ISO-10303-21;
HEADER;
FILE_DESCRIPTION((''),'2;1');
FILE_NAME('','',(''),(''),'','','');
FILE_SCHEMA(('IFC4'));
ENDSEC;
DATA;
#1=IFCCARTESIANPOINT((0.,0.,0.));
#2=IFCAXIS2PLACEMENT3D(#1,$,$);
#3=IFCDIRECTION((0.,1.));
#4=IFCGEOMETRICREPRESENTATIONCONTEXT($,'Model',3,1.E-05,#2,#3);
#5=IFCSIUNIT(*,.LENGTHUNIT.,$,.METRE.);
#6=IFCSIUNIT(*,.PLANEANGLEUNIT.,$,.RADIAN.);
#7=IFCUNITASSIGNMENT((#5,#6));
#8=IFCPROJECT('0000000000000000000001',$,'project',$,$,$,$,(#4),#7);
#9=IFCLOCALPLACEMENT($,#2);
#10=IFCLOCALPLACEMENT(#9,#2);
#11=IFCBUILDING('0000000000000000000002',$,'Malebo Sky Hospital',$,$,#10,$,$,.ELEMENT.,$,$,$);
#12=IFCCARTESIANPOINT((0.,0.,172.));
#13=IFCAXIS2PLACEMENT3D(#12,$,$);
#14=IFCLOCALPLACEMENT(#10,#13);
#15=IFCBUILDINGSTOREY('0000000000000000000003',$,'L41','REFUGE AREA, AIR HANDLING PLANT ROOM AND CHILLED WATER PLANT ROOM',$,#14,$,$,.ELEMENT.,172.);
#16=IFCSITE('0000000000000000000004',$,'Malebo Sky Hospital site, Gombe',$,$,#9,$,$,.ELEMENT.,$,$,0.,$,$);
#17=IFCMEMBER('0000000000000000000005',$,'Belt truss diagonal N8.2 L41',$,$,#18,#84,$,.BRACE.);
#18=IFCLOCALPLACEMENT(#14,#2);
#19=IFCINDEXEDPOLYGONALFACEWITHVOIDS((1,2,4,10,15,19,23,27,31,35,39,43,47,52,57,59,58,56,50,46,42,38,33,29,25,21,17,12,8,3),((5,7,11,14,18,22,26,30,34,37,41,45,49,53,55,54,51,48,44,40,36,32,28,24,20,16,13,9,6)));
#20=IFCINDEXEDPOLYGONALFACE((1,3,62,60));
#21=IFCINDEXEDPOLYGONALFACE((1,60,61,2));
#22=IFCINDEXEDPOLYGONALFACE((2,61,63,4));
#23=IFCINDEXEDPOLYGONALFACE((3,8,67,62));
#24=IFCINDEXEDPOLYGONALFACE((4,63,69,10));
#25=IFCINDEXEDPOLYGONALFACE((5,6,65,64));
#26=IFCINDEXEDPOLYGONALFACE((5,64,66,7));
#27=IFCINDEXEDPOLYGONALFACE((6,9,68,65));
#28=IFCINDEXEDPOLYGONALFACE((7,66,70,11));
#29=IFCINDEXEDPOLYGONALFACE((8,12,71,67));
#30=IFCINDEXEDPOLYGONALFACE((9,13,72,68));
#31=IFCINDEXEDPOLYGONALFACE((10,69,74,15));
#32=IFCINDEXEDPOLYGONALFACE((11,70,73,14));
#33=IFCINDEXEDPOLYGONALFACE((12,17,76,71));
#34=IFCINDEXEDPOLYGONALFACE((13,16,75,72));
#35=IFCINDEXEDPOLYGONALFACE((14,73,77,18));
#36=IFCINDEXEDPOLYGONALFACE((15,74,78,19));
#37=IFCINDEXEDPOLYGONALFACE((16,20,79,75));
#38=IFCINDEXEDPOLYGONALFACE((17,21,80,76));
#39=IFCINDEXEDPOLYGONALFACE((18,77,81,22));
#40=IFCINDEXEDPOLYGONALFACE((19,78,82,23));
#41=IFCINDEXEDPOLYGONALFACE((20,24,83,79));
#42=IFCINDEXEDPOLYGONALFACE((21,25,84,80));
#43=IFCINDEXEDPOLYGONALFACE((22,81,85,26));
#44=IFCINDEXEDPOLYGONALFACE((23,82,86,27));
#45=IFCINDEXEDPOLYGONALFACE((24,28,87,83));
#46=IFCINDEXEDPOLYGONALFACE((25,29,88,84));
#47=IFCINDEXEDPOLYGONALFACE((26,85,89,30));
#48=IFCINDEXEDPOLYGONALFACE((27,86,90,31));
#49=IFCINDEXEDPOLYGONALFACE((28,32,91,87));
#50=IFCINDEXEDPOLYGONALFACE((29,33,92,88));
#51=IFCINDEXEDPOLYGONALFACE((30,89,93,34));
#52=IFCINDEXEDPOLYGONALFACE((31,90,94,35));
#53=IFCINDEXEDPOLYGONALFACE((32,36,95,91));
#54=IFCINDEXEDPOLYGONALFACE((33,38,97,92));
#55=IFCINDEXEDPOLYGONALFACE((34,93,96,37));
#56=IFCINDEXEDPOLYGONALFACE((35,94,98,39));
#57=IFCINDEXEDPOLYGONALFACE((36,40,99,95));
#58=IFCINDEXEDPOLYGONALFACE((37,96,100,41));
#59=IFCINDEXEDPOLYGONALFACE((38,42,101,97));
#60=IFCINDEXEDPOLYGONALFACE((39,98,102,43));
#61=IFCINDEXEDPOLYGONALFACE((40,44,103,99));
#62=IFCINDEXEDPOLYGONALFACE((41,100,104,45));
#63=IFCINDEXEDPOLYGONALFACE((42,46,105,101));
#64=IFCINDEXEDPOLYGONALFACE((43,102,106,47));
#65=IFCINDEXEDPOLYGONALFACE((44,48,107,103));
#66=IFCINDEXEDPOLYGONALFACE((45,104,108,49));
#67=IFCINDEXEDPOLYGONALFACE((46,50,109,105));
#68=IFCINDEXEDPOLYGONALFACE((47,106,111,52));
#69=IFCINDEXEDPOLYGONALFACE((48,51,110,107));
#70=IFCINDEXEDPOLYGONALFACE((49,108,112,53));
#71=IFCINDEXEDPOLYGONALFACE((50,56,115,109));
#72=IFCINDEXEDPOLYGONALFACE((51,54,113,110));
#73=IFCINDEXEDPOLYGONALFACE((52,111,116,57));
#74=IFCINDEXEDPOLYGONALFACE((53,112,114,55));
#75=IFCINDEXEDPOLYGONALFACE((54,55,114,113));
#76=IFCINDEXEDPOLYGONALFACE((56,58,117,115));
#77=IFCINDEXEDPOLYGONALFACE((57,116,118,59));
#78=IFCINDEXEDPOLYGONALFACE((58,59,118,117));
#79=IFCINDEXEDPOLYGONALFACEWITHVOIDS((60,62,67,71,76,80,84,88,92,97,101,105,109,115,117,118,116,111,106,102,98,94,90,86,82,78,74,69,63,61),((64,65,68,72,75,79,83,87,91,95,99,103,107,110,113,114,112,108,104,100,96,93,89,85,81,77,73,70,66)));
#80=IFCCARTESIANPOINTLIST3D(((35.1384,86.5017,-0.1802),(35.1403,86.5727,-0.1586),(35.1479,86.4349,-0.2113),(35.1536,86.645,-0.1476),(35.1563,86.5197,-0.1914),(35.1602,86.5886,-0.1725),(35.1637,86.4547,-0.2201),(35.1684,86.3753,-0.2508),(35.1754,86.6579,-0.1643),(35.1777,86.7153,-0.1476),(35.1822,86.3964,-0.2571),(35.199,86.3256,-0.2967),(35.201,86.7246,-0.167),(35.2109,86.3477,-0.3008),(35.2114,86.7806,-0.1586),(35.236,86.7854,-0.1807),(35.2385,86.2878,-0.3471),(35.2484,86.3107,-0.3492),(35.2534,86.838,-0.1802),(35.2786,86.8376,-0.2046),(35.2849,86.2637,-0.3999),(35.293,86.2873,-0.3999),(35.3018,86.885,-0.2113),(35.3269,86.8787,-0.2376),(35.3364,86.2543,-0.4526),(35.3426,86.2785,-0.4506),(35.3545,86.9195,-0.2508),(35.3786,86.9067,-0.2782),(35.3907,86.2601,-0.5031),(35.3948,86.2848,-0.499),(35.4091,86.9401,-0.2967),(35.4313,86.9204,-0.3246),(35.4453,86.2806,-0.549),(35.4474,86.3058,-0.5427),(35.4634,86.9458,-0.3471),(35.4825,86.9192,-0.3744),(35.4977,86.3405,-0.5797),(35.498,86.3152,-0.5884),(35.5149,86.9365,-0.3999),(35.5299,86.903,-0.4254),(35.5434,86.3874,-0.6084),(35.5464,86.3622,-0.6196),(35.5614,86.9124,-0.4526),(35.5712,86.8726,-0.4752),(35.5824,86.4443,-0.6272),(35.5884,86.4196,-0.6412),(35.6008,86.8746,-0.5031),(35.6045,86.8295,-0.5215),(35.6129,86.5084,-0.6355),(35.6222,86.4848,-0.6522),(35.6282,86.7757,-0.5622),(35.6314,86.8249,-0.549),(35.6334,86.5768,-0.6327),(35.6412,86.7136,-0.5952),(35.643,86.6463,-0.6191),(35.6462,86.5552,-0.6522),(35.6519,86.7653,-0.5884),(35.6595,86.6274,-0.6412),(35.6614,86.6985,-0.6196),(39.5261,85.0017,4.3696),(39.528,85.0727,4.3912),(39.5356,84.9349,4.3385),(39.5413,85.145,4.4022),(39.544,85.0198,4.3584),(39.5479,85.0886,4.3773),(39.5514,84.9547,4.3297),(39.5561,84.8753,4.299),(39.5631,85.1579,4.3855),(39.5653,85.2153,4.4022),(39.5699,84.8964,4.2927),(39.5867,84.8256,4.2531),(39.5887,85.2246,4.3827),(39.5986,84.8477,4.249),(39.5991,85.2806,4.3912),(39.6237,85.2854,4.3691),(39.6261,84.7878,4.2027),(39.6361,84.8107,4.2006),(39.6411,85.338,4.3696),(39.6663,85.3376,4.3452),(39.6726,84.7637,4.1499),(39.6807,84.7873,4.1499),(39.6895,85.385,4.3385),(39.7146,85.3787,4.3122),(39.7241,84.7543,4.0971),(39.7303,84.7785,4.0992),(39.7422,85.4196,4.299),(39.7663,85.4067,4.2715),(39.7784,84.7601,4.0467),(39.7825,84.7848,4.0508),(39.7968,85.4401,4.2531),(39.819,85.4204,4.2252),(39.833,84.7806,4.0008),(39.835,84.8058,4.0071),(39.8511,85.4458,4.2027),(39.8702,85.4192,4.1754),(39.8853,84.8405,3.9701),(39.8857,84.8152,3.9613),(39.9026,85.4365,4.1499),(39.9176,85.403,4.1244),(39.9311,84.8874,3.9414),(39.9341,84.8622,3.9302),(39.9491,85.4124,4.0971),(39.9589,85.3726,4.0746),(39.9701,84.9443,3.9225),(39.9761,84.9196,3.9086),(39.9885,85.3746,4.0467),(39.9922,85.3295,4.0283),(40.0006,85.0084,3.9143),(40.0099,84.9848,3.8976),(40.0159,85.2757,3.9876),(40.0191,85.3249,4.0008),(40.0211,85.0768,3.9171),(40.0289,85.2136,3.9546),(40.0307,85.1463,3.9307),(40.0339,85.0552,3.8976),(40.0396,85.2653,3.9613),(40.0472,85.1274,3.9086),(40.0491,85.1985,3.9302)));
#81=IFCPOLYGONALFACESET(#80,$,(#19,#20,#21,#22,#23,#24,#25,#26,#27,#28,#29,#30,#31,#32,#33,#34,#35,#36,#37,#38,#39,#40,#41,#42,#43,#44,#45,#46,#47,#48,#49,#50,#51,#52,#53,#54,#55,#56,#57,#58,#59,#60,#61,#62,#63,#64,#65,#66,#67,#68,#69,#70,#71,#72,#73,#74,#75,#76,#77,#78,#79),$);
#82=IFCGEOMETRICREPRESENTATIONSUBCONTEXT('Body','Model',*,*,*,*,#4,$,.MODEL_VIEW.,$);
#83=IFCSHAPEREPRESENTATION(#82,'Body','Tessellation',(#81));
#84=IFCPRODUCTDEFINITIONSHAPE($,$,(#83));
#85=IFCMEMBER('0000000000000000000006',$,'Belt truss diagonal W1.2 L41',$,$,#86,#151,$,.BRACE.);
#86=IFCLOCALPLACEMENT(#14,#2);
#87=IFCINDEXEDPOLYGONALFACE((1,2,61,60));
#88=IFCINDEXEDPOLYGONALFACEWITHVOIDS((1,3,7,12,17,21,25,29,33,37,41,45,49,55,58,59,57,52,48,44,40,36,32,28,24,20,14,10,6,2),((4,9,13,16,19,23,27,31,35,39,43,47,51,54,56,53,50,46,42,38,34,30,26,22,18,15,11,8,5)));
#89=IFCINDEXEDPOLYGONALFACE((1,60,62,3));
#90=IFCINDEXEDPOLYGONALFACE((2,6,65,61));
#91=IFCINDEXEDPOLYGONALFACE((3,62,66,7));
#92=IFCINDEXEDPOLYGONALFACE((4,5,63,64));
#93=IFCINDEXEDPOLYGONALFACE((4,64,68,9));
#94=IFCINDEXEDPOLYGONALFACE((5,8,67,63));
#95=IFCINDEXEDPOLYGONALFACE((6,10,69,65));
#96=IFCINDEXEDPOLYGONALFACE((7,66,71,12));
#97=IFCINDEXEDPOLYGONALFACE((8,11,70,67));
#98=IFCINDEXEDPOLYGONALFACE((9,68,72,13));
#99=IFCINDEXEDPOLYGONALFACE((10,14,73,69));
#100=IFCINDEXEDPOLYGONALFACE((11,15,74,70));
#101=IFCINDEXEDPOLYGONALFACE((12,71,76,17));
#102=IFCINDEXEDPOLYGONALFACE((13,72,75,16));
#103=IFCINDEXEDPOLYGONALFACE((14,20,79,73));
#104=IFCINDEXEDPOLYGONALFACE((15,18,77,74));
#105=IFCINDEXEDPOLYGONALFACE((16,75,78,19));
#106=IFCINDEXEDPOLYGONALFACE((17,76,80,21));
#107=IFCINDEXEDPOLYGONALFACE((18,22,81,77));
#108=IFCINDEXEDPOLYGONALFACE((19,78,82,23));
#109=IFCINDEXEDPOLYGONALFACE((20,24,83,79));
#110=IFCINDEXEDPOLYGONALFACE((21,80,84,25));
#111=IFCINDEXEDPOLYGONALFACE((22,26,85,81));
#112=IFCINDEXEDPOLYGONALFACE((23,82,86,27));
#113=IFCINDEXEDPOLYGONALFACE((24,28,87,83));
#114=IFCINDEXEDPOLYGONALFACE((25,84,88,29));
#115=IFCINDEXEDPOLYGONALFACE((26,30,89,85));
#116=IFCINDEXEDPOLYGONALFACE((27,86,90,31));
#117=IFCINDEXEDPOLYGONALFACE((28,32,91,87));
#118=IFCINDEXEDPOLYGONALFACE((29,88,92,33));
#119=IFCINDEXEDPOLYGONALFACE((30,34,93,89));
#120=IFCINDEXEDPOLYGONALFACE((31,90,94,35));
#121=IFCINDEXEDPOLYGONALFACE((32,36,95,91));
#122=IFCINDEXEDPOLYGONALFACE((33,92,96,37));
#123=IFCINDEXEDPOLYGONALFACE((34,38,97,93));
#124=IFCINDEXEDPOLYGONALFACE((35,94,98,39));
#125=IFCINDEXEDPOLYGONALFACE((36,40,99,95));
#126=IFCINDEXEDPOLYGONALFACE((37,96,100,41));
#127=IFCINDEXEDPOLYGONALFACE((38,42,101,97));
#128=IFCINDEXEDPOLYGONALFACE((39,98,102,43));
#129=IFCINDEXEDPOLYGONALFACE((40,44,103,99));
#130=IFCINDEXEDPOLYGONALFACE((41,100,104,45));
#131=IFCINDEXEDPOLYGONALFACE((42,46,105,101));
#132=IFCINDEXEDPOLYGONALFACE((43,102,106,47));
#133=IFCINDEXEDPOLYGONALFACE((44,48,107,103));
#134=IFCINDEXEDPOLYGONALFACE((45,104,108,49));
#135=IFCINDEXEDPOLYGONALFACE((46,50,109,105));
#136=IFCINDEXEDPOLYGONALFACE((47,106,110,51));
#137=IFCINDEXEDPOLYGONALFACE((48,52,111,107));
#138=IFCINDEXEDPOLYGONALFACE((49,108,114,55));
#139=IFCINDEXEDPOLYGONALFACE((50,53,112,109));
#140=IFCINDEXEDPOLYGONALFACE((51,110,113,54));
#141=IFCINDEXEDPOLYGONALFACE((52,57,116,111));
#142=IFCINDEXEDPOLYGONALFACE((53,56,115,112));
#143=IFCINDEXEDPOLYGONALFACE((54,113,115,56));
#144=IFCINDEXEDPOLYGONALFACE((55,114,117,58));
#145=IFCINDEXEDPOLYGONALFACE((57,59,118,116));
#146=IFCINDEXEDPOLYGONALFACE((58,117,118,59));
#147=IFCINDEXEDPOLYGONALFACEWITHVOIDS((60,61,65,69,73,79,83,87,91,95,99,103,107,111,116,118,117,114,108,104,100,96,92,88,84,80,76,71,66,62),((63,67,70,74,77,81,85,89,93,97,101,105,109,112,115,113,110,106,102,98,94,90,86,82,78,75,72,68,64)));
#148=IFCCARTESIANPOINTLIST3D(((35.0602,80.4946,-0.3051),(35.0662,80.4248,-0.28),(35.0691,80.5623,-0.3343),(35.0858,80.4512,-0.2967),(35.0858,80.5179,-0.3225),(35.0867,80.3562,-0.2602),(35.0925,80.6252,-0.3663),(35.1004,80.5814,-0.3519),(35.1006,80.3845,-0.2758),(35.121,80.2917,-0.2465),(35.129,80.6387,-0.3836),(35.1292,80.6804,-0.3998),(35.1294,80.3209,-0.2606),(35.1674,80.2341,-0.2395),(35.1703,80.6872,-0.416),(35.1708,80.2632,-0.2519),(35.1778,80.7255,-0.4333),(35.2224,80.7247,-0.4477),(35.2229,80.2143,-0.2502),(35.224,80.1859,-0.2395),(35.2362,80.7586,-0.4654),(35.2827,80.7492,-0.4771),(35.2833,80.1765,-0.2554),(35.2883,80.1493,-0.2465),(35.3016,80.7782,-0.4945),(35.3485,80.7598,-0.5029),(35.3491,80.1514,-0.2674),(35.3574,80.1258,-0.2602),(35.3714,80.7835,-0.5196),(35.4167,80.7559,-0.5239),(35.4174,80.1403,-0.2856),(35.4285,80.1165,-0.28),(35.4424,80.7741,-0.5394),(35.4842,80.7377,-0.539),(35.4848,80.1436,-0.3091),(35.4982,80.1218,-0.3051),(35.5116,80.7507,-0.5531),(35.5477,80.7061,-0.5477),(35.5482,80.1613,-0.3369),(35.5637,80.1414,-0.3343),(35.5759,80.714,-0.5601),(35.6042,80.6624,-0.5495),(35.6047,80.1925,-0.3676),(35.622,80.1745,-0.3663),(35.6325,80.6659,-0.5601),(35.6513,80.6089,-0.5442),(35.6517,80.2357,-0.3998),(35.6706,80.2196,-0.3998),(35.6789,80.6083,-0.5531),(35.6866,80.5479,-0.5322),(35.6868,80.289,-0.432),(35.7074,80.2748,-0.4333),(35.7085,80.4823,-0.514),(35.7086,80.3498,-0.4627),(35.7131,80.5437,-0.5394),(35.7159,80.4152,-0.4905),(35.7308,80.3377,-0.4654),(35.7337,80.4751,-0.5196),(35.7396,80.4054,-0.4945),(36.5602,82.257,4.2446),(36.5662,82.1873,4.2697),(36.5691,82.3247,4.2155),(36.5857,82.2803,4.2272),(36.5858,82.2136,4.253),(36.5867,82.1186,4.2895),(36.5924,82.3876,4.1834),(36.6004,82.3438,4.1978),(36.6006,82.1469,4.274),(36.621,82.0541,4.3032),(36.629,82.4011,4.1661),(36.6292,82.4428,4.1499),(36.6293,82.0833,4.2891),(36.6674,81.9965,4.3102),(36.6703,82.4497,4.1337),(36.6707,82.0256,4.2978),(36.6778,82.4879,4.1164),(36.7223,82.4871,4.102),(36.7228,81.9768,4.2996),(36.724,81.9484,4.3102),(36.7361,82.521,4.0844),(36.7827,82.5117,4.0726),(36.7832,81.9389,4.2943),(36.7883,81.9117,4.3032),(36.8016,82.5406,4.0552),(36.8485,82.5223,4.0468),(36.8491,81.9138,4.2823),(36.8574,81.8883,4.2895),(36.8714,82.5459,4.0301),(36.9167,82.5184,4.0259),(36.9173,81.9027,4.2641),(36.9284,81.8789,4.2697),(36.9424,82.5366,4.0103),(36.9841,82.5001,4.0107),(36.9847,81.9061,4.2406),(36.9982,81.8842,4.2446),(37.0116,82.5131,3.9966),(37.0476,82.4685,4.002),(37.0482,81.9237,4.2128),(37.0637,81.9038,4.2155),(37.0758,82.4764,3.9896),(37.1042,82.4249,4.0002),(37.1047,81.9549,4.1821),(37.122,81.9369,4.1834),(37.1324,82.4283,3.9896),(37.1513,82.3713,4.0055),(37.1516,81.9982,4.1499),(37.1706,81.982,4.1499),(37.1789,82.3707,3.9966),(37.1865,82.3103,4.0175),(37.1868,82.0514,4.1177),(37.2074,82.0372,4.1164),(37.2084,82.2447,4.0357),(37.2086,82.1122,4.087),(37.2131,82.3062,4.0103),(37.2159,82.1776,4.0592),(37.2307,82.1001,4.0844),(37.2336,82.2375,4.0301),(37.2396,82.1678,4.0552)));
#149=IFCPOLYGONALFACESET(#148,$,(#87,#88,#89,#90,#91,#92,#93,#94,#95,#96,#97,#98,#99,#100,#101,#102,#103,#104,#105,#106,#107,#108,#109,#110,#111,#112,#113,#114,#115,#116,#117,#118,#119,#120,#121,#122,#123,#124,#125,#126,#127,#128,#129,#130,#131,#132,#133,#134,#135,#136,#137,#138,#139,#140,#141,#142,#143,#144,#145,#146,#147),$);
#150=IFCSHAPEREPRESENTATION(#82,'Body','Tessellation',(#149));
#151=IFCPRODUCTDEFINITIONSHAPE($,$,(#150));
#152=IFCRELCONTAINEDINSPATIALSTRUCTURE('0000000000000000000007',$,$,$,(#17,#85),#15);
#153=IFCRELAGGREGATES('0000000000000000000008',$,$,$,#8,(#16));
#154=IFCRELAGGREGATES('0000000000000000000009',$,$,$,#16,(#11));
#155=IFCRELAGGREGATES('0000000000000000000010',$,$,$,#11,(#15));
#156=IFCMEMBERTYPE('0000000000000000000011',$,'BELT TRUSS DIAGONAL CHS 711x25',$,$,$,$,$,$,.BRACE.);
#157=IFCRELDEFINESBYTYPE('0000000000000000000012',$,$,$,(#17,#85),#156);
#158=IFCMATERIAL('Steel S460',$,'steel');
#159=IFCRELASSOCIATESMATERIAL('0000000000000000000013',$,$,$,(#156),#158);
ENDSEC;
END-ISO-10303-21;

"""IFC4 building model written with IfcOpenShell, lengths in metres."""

from ifc_helpers import new_model, si_unit, direction, frame, origin, origin_2d, place, context, subcontext, project, spatial, hollow_circle, extrude, material, material_profile, profile_set, type_object, element, save


model = new_model("IFC4")

# Units and contexts
model_context = context("Model", 3, precision=1e-05, world=origin(), true_north=direction((0.0, 1.0)))
body_context = subcontext(model_context, "Body", "Model", "MODEL_VIEW")
ifc_project = project(units=[si_unit("LENGTHUNIT", "METRE"), si_unit("PLANEANGLEUNIT", "RADIAN")], contexts=[model_context])

# Site, building, storey
site_placement = place(None, origin())
site = spatial("IfcSite", under=ifc_project, at=site_placement, Name="Malebo Sky Hospital site, Gombe", CompositionType="ELEMENT", RefElevation=0.0)
building_placement = place(site_placement, origin())
building = spatial("IfcBuilding", under=site, at=building_placement, Name="Malebo Sky Hospital", CompositionType="ELEMENT")
storey_placement = place(building_placement, frame((0.0, 0.0, 172.0)))
storey = spatial("IfcBuildingStorey", under=building, at=storey_placement, Name="L41", Description="REFUGE AREA, AIR HANDLING PLANT ROOM AND CHILLED WATER PLANT ROOM", CompositionType="ELEMENT", Elevation=172.0)

# Members
ifc_material_1 = material(Name="Steel S460", Category="steel")
ifc_material_profile = material_profile(ifc_material_1, hollow_circle(Radius=0.3555, WallThickness=0.0249, at=origin_2d()), Name="CHS 711x25")
ifc_profile_set = profile_set([ifc_material_profile], Name="Steel S460")
member_type = type_object("IfcMemberType", Name="BELT TRUSS DIAGONAL CHS 711x25", PredefinedType="BRACE", material=ifc_profile_set)
member_1_placement = place(storey_placement, frame((39.7876, 85.1001, 4.1499), z_axis=(-0.675409, 0.230899, -0.700363), x_axis=(-0.323484, -0.946234, 0.0)))
element("IfcMember", 1, at=member_1_placement, inside=storey, type_object=member_type, Name="Belt truss diagonal N8.2 L41", PredefinedType="BRACE", context=body_context, shape_type="SweptSolid", body=[
    extrude(hollow_circle(Radius=0.3555, WallThickness=0.0249, at=origin_2d()), origin(), (0.0, 0.0, 1.0), 6.4963),
])
member_2_placement = place(storey_placement, frame((36.8999, 82.2124, 4.1499), z_axis=(-0.293853, -0.345267, -0.891314), x_axis=(0.761531, -0.648129, 0.0)))
element("IfcMember", 2, at=member_2_placement, inside=storey, type_object=member_type, Name="Belt truss diagonal W1.2 L41", PredefinedType="BRACE", context=body_context, shape_type="SweptSolid", body=[
    extrude(hollow_circle(Radius=0.3555, WallThickness=0.0249, at=origin_2d()), origin(), (0.0, 0.0, 1.0), 5.1045),
])

save(model, "model.ifc")
